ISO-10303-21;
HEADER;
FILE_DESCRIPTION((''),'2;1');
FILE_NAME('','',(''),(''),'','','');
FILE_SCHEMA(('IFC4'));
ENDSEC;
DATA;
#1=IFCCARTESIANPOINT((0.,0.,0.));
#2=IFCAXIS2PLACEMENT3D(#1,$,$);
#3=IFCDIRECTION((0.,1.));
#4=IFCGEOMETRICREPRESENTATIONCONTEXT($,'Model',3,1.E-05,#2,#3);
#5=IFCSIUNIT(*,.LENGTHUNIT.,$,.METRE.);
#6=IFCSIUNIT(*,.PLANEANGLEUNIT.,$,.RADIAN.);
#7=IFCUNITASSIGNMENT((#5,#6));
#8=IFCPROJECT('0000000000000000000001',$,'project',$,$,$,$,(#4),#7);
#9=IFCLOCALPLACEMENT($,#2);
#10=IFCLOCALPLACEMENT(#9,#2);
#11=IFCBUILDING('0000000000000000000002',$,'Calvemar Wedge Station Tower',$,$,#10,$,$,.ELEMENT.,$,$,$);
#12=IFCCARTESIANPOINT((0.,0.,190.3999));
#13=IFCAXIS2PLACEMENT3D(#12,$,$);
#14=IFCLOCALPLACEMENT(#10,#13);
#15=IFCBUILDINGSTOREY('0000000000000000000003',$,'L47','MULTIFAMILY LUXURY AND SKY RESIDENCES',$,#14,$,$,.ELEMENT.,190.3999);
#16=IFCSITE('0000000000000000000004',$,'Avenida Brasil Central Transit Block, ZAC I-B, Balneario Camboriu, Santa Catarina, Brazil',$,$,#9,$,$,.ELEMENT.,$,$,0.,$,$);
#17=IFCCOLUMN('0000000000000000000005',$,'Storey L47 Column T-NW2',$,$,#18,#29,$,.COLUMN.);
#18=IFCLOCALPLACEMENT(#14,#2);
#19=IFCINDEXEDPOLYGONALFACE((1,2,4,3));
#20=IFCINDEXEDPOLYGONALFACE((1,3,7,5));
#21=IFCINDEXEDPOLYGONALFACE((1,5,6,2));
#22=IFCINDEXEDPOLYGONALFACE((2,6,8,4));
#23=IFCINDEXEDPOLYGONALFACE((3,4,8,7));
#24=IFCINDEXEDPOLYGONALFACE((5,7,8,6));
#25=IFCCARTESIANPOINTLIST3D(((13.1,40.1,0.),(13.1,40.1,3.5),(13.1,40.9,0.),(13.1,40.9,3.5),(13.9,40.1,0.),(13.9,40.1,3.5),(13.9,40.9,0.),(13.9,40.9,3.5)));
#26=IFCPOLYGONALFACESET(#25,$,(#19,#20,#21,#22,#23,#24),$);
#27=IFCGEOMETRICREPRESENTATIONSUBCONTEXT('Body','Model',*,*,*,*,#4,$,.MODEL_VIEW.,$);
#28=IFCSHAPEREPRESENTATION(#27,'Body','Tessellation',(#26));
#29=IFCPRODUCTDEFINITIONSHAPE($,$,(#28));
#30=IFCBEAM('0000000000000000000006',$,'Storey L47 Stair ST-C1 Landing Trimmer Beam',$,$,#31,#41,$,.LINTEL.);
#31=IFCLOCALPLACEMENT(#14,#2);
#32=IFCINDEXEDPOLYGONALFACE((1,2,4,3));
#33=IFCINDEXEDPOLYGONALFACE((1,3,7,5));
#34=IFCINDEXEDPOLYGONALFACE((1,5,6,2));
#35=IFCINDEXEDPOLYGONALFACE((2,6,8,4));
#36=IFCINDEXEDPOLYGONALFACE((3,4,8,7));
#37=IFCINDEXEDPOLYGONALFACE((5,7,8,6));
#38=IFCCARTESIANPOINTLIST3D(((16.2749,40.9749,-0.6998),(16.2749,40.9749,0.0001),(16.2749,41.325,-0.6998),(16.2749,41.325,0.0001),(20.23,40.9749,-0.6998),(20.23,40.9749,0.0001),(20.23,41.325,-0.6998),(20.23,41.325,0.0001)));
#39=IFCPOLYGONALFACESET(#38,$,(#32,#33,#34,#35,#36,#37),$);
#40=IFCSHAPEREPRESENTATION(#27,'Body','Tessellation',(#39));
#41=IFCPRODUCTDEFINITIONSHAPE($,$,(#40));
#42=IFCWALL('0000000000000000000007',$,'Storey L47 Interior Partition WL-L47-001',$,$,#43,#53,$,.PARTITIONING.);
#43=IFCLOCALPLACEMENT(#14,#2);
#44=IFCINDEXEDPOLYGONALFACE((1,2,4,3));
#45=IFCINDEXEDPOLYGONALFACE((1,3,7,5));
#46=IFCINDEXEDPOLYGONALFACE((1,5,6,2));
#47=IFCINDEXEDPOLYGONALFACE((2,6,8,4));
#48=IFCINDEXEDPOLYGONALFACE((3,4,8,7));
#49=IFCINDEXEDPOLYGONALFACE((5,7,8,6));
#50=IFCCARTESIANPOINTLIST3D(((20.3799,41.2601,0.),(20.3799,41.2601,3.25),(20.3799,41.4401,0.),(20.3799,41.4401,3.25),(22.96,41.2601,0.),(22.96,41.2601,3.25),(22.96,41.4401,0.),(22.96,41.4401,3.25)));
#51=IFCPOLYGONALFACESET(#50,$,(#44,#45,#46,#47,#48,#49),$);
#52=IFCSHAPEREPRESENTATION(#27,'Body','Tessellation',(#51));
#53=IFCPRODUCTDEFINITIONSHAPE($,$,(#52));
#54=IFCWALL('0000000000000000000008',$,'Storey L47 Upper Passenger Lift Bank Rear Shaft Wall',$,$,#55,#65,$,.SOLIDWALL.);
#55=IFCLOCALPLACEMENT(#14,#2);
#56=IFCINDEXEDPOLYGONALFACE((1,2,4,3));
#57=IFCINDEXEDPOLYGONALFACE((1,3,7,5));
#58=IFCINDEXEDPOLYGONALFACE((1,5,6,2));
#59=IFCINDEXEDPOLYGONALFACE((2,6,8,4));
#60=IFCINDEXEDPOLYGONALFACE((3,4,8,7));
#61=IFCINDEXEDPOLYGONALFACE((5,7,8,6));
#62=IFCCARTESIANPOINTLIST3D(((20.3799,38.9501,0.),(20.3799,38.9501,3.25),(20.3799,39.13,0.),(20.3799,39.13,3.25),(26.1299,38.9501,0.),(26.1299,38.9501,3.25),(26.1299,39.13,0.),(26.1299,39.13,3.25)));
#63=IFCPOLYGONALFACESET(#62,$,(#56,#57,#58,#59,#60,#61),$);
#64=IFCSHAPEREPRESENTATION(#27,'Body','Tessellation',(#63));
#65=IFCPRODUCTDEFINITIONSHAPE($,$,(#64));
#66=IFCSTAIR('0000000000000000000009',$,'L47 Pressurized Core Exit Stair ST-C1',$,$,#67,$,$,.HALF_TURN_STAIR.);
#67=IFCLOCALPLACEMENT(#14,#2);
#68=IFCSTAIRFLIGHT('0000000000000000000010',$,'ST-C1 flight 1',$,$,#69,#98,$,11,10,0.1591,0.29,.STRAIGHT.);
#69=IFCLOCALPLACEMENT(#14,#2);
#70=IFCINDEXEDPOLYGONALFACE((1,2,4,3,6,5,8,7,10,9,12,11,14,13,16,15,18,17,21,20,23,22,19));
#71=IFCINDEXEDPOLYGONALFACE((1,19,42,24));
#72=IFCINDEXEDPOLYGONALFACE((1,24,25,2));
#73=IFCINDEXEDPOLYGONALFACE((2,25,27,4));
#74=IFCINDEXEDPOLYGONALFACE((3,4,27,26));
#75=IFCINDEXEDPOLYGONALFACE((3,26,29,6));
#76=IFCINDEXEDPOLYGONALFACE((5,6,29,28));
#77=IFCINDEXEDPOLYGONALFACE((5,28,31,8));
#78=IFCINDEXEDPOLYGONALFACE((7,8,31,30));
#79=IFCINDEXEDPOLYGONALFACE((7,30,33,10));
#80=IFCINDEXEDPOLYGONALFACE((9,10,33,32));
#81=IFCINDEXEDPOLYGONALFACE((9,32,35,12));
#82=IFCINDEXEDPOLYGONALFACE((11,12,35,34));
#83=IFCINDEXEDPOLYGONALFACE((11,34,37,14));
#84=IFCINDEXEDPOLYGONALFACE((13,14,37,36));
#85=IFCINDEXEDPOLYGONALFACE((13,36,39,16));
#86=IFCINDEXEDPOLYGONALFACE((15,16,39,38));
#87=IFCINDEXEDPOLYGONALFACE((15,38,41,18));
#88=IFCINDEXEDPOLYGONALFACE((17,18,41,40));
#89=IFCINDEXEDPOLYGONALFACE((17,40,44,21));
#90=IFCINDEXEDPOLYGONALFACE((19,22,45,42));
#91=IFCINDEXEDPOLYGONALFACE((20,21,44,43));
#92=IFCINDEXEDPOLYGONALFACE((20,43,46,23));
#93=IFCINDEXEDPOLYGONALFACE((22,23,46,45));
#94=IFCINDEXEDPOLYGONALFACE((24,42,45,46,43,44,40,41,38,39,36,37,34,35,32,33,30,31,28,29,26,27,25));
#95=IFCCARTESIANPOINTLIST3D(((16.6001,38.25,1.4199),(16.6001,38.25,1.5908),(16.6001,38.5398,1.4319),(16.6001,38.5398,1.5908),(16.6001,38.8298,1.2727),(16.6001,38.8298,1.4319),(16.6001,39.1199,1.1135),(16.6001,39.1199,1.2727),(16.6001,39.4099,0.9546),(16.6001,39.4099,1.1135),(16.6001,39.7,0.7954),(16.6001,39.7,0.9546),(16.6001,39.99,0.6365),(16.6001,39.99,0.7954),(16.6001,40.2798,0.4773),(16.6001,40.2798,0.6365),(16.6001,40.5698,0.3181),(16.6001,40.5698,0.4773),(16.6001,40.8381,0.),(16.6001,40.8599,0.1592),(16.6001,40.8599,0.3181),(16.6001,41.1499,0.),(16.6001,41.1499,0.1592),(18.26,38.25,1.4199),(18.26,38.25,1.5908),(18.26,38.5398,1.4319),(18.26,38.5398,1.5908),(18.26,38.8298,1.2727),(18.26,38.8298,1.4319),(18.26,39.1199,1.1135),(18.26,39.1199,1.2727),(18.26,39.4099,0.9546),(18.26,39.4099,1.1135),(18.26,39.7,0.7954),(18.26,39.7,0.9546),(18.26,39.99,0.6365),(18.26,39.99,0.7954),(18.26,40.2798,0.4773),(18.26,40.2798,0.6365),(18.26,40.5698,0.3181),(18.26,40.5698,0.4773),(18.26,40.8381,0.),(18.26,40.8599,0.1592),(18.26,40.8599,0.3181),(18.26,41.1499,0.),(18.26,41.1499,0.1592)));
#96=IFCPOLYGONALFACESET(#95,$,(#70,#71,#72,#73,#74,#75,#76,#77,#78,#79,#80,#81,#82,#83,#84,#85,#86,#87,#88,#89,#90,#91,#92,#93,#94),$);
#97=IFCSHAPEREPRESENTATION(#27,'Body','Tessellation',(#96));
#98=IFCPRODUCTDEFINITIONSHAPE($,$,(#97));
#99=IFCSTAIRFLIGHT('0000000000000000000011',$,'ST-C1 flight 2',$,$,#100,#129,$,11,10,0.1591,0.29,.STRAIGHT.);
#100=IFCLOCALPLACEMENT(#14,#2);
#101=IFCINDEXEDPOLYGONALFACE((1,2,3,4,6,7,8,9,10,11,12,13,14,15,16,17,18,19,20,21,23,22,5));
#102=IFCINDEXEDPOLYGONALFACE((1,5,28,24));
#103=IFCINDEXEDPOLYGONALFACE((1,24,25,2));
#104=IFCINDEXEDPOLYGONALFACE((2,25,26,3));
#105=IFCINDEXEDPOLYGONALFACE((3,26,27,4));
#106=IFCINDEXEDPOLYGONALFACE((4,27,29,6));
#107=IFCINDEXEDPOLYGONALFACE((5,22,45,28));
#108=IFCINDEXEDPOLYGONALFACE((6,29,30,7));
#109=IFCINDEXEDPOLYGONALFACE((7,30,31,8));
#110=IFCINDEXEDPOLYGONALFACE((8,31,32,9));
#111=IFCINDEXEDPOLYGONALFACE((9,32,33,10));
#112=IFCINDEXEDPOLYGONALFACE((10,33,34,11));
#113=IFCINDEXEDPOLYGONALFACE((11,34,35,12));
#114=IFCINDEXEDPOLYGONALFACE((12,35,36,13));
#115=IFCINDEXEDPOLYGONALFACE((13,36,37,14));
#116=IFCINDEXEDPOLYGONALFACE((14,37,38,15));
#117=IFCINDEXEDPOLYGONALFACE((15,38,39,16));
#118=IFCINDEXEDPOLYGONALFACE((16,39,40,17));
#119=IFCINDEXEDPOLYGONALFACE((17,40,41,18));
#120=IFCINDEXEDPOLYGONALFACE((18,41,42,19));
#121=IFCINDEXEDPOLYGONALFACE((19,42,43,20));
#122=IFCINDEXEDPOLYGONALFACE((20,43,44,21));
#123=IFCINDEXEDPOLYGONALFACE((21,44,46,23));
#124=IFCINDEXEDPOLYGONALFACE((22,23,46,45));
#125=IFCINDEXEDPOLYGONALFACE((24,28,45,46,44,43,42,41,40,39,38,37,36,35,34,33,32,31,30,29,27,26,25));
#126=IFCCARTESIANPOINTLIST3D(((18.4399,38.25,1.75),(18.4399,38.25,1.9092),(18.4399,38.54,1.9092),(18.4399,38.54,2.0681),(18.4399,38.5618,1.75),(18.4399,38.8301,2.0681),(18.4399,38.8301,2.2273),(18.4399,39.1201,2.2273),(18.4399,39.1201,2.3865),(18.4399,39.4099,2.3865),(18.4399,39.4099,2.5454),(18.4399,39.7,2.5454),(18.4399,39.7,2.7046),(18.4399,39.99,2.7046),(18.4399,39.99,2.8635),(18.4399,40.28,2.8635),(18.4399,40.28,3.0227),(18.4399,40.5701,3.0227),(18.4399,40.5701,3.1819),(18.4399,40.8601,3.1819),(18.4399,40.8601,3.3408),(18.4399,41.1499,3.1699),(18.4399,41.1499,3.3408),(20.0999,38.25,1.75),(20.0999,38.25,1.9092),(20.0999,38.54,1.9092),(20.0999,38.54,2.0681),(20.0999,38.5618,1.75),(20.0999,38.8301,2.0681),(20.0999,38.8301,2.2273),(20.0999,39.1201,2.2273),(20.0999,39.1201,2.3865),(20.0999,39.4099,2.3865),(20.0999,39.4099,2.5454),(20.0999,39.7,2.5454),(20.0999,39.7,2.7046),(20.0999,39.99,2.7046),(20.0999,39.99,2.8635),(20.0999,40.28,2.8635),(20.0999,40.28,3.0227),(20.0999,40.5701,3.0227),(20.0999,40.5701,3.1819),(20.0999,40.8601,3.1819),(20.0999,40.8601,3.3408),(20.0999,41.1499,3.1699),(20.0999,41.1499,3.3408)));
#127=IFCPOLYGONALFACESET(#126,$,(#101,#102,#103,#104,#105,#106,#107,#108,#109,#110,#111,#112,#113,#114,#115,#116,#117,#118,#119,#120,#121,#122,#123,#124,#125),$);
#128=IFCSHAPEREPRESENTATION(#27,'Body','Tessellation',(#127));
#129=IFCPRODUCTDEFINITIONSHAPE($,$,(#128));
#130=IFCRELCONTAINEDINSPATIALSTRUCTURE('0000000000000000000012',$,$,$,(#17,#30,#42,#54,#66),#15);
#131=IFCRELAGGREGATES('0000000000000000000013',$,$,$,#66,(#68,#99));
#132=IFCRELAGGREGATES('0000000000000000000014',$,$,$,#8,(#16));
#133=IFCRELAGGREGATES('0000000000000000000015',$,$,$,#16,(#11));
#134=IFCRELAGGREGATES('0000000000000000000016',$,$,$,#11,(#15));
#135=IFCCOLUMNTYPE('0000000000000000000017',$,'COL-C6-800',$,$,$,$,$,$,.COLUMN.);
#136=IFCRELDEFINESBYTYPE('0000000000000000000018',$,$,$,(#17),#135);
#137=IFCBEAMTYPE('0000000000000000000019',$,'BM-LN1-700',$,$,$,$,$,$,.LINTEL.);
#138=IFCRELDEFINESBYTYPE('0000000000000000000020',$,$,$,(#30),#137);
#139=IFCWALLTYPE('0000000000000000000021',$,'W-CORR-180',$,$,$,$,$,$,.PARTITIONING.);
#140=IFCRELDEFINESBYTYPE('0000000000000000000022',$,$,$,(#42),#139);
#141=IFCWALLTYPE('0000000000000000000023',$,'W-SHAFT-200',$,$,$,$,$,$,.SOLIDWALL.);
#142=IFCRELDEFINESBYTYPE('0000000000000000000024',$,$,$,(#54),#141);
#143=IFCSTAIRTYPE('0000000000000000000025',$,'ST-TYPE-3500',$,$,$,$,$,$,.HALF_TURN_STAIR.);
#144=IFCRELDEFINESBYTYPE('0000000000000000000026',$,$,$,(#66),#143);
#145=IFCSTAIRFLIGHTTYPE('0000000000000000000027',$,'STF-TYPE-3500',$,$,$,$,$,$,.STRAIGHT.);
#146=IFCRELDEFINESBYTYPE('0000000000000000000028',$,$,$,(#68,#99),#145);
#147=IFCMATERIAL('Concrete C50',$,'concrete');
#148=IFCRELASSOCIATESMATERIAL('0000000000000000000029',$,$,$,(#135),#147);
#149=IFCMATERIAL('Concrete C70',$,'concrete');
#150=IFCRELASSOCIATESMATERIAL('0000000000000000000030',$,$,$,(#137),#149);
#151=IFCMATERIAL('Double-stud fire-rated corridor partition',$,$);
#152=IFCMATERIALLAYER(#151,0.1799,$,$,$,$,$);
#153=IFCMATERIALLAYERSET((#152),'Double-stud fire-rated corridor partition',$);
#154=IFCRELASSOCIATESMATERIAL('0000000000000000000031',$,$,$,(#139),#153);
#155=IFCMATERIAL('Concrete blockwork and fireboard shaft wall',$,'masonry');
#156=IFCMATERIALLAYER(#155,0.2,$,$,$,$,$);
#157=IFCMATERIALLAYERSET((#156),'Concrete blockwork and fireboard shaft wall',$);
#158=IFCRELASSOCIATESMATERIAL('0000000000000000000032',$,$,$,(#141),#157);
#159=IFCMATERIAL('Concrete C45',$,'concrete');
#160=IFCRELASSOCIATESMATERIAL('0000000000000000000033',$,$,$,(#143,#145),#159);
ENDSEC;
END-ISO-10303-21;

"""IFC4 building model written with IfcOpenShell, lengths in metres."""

from ifc_helpers import new_model, si_unit, direction, frame, frame_2d, origin, origin_2d, place, context, subcontext, project, spatial, polyline, rectangle, outline, extrude, source, transform, mapped, material, layer, layer_set, material_profile, profile_set, type_object, element, aggregate, save


model = new_model("IFC4")

# Units and contexts
model_context = context("Model", 3, precision=1e-05, world=origin(), true_north=direction((0.0, 1.0)))
body_context = subcontext(model_context, "Body", "Model", "MODEL_VIEW")
ifc_project = project(units=[si_unit("LENGTHUNIT", "METRE"), si_unit("PLANEANGLEUNIT", "RADIAN")], contexts=[model_context])

# Site, building, storey
site_placement = place(None, origin())
site = spatial("IfcSite", under=ifc_project, at=site_placement, Name="Avenida Brasil Central Transit Block, ZAC I-B, Balneario Camboriu, Santa Catarina, Brazil", CompositionType="ELEMENT", RefElevation=0.0)
building_placement = place(site_placement, origin())
building = spatial("IfcBuilding", under=site, at=building_placement, Name="Calvemar Wedge Station Tower", CompositionType="ELEMENT")
storey_placement = place(building_placement, frame((0.0, 0.0, 190.3999)))
storey = spatial("IfcBuildingStorey", under=building, at=storey_placement, Name="L47", Description="MULTIFAMILY LUXURY AND SKY RESIDENCES", CompositionType="ELEMENT", Elevation=190.3999)

# Column
ifc_material_1 = material(Name="Concrete C50", Category="concrete")
ifc_material_profile_1 = material_profile(ifc_material_1, rectangle(XDim=0.8, YDim=0.8, at=origin_2d()), Name="RC800x800")
ifc_profile_set_1 = profile_set([ifc_material_profile_1], Name="Concrete C50")
column_type = type_object("IfcColumnType", Name="COL-C6-800", PredefinedType="COLUMN", material=ifc_profile_set_1)
shared_shape_1 = source(origin(), body_context, "Body", "SweptSolid", [
    extrude(rectangle(XDim=0.8, YDim=0.8, at=origin_2d()), origin(), (0.0, 0.0, 1.0), 3.5),
])
column_placement = place(storey_placement, frame((13.5, 40.5, 0.0), z_axis=(0.0, 0.0, 1.0), x_axis=(1.0, 0.0, 0.0)))
element("IfcColumn", 1, at=column_placement, inside=storey, type_object=column_type, Name="Storey L47 Column T-NW2", PredefinedType="COLUMN", context=body_context, shape_type="MappedRepresentation", body=[
    mapped(shared_shape_1, transform((0.0, 0.0, 0.0), scale=1.0)),
])

# Beam
ifc_material_2 = material(Name="Concrete C70", Category="concrete")
ifc_material_profile_2 = material_profile(ifc_material_2, rectangle(XDim=0.3501, YDim=0.7, at=origin_2d()), Name="RC350x700")
ifc_profile_set_2 = profile_set([ifc_material_profile_2], Name="Concrete C70")
beam_type = type_object("IfcBeamType", Name="BM-LN1-700", PredefinedType="LINTEL", material=ifc_profile_set_2)
shared_shape_2 = source(origin(), body_context, "Body", "SweptSolid", [
    extrude(rectangle(XDim=0.3501, YDim=0.7, at=origin_2d()), origin(), (0.0, 0.0, 1.0), 3.9551),
])
beam_placement = place(storey_placement, frame((16.2749, 41.1499, -0.3499), z_axis=(1.0, 0.0, 0.0), x_axis=(0.0, 1.0, 0.0)))
element("IfcBeam", 2, at=beam_placement, inside=storey, type_object=beam_type, Name="Storey L47 Stair ST-C1 Landing Trimmer Beam", PredefinedType="LINTEL", context=body_context, shape_type="MappedRepresentation", body=[
    mapped(shared_shape_2, transform((0.0, 0.0, 0.0), scale=1.0)),
])

# Wall
ifc_material_3 = material(Name="Double-stud fire-rated corridor partition")
ifc_layer_1 = layer(ifc_material_3, 0.1799)
ifc_layer_set_1 = layer_set([ifc_layer_1], Name="Double-stud fire-rated corridor partition")
wall_type_1 = type_object("IfcWallType", Name="W-CORR-180", PredefinedType="PARTITIONING", material=ifc_layer_set_1)
wall_1_placement = place(storey_placement, frame((22.96, 41.3501, 0.0), z_axis=(0.0, 0.0, 1.0), x_axis=(-1.0, 0.0, 0.0)))
element("IfcWall", 3, at=wall_1_placement, inside=storey, type_object=wall_type_1, Name="Storey L47 Interior Partition WL-L47-001", PredefinedType="PARTITIONING", context=body_context, shape_type="SweptSolid", body=[
    extrude(rectangle(XDim=2.5801, YDim=0.1799, at=frame_2d((1.29, 0.0))), origin(), (0.0, 0.0, 1.0), 3.25),
])

# Wall
ifc_material_4 = material(Name="Concrete blockwork and fireboard shaft wall", Category="masonry")
ifc_layer_2 = layer(ifc_material_4, 0.2)
ifc_layer_set_2 = layer_set([ifc_layer_2], Name="Concrete blockwork and fireboard shaft wall")
wall_type_2 = type_object("IfcWallType", Name="W-SHAFT-200", PredefinedType="SOLIDWALL", material=ifc_layer_set_2)
wall_2_placement = place(storey_placement, frame((20.3799, 39.04, 0.0), z_axis=(0.0, 0.0, 1.0), x_axis=(1.0, 0.0, 0.0)))
element("IfcWall", 4, at=wall_2_placement, inside=storey, type_object=wall_type_2, Name="Storey L47 Upper Passenger Lift Bank Rear Shaft Wall", PredefinedType="SOLIDWALL", context=body_context, shape_type="SweptSolid", body=[
    extrude(rectangle(XDim=5.75, YDim=0.1799, at=frame_2d((2.875, 0.0))), origin(), (0.0, 0.0, 1.0), 3.25),
])

# Stair, stair flights
ifc_material_5 = material(Name="Concrete C45", Category="concrete")
stair_type = type_object("IfcStairType", Name="ST-TYPE-3500", PredefinedType="HALF_TURN_STAIR", material=ifc_material_5)
stair_placement = place(storey_placement, origin())
stair = element("IfcStair", 5, at=stair_placement, inside=storey, type_object=stair_type, Name="L47 Pressurized Core Exit Stair ST-C1", PredefinedType="HALF_TURN_STAIR")
stair_flight_type = type_object("IfcStairFlightType", Name="STF-TYPE-3500", PredefinedType="STRAIGHT", material=ifc_material_5)
stair_flight_1_placement = place(storey_placement, frame((17.4299, 41.1499, 0.0), z_axis=(0.0, 0.0, 1.0), x_axis=(0.0, -1.0, 0.0)))
stair_flight_1 = element("IfcStairFlight", 6, at=stair_flight_1_placement, type_object=stair_flight_type, Name="ST-C1 flight 1", NumberOfRisers=11, NumberOfTreads=10, PredefinedType="STRAIGHT", RiserHeight=0.1591, TreadLength=0.29, context=body_context, shape_type="SweptSolid", body=[
    extrude(outline(polyline([(0.0, 0.0), (0.0, 0.1592), (0.29, 0.1592), (0.29, 0.3181), (0.5801, 0.3181), (0.5801, 0.4773), (0.8701, 0.4773), (0.8701, 0.6365), (1.1599, 0.6365), (1.1599, 0.7954), (1.45, 0.7954), (1.45, 0.9546), (1.74, 0.9546), (1.74, 1.1135), (2.03, 1.1135), (2.03, 1.2727), (2.3201, 1.2727), (2.3201, 1.4319), (2.6101, 1.4319), (2.6101, 1.5908), (2.8999, 1.5908), (2.8999, 1.75), (2.8999, 1.4199), (0.3118, 0.0), (0.0, 0.0)])), frame((0.0, 0.8301, 0.0), z_axis=(0.0, -1.0, 0.0), x_axis=(1.0, 0.0, 0.0)), (0.0, 0.0, 1.0), 1.6599),
])
stair_flight_2_placement = place(storey_placement, frame((19.27, 38.25, 1.75), z_axis=(0.0, 0.0, 1.0), x_axis=(0.0, 1.0, 0.0)))
stair_flight_2 = element("IfcStairFlight", 7, at=stair_flight_2_placement, type_object=stair_flight_type, Name="ST-C1 flight 2", NumberOfRisers=11, NumberOfTreads=10, PredefinedType="STRAIGHT", RiserHeight=0.1591, TreadLength=0.29, context=body_context, shape_type="SweptSolid", body=[
    extrude(outline(polyline([(0.0, 0.0), (0.0, 0.1592), (0.29, 0.1592), (0.29, 0.3181), (0.5801, 0.3181), (0.5801, 0.4773), (0.8701, 0.4773), (0.8701, 0.6365), (1.1599, 0.6365), (1.1599, 0.7954), (1.45, 0.7954), (1.45, 0.9546), (1.74, 0.9546), (1.74, 1.1135), (2.03, 1.1135), (2.03, 1.2727), (2.3201, 1.2727), (2.3201, 1.4319), (2.6101, 1.4319), (2.6101, 1.5908), (2.8999, 1.5908), (2.8999, 1.75), (2.8999, 1.4199), (0.3118, 0.0), (0.0, 0.0)])), frame((0.0, 0.8301, 0.0), z_axis=(0.0, -1.0, 0.0), x_axis=(1.0, 0.0, 0.0)), (0.0, 0.0, 1.0), 1.6599),
])
aggregate(stair, [stair_flight_1, stair_flight_2])

save(model, "model.ifc")
